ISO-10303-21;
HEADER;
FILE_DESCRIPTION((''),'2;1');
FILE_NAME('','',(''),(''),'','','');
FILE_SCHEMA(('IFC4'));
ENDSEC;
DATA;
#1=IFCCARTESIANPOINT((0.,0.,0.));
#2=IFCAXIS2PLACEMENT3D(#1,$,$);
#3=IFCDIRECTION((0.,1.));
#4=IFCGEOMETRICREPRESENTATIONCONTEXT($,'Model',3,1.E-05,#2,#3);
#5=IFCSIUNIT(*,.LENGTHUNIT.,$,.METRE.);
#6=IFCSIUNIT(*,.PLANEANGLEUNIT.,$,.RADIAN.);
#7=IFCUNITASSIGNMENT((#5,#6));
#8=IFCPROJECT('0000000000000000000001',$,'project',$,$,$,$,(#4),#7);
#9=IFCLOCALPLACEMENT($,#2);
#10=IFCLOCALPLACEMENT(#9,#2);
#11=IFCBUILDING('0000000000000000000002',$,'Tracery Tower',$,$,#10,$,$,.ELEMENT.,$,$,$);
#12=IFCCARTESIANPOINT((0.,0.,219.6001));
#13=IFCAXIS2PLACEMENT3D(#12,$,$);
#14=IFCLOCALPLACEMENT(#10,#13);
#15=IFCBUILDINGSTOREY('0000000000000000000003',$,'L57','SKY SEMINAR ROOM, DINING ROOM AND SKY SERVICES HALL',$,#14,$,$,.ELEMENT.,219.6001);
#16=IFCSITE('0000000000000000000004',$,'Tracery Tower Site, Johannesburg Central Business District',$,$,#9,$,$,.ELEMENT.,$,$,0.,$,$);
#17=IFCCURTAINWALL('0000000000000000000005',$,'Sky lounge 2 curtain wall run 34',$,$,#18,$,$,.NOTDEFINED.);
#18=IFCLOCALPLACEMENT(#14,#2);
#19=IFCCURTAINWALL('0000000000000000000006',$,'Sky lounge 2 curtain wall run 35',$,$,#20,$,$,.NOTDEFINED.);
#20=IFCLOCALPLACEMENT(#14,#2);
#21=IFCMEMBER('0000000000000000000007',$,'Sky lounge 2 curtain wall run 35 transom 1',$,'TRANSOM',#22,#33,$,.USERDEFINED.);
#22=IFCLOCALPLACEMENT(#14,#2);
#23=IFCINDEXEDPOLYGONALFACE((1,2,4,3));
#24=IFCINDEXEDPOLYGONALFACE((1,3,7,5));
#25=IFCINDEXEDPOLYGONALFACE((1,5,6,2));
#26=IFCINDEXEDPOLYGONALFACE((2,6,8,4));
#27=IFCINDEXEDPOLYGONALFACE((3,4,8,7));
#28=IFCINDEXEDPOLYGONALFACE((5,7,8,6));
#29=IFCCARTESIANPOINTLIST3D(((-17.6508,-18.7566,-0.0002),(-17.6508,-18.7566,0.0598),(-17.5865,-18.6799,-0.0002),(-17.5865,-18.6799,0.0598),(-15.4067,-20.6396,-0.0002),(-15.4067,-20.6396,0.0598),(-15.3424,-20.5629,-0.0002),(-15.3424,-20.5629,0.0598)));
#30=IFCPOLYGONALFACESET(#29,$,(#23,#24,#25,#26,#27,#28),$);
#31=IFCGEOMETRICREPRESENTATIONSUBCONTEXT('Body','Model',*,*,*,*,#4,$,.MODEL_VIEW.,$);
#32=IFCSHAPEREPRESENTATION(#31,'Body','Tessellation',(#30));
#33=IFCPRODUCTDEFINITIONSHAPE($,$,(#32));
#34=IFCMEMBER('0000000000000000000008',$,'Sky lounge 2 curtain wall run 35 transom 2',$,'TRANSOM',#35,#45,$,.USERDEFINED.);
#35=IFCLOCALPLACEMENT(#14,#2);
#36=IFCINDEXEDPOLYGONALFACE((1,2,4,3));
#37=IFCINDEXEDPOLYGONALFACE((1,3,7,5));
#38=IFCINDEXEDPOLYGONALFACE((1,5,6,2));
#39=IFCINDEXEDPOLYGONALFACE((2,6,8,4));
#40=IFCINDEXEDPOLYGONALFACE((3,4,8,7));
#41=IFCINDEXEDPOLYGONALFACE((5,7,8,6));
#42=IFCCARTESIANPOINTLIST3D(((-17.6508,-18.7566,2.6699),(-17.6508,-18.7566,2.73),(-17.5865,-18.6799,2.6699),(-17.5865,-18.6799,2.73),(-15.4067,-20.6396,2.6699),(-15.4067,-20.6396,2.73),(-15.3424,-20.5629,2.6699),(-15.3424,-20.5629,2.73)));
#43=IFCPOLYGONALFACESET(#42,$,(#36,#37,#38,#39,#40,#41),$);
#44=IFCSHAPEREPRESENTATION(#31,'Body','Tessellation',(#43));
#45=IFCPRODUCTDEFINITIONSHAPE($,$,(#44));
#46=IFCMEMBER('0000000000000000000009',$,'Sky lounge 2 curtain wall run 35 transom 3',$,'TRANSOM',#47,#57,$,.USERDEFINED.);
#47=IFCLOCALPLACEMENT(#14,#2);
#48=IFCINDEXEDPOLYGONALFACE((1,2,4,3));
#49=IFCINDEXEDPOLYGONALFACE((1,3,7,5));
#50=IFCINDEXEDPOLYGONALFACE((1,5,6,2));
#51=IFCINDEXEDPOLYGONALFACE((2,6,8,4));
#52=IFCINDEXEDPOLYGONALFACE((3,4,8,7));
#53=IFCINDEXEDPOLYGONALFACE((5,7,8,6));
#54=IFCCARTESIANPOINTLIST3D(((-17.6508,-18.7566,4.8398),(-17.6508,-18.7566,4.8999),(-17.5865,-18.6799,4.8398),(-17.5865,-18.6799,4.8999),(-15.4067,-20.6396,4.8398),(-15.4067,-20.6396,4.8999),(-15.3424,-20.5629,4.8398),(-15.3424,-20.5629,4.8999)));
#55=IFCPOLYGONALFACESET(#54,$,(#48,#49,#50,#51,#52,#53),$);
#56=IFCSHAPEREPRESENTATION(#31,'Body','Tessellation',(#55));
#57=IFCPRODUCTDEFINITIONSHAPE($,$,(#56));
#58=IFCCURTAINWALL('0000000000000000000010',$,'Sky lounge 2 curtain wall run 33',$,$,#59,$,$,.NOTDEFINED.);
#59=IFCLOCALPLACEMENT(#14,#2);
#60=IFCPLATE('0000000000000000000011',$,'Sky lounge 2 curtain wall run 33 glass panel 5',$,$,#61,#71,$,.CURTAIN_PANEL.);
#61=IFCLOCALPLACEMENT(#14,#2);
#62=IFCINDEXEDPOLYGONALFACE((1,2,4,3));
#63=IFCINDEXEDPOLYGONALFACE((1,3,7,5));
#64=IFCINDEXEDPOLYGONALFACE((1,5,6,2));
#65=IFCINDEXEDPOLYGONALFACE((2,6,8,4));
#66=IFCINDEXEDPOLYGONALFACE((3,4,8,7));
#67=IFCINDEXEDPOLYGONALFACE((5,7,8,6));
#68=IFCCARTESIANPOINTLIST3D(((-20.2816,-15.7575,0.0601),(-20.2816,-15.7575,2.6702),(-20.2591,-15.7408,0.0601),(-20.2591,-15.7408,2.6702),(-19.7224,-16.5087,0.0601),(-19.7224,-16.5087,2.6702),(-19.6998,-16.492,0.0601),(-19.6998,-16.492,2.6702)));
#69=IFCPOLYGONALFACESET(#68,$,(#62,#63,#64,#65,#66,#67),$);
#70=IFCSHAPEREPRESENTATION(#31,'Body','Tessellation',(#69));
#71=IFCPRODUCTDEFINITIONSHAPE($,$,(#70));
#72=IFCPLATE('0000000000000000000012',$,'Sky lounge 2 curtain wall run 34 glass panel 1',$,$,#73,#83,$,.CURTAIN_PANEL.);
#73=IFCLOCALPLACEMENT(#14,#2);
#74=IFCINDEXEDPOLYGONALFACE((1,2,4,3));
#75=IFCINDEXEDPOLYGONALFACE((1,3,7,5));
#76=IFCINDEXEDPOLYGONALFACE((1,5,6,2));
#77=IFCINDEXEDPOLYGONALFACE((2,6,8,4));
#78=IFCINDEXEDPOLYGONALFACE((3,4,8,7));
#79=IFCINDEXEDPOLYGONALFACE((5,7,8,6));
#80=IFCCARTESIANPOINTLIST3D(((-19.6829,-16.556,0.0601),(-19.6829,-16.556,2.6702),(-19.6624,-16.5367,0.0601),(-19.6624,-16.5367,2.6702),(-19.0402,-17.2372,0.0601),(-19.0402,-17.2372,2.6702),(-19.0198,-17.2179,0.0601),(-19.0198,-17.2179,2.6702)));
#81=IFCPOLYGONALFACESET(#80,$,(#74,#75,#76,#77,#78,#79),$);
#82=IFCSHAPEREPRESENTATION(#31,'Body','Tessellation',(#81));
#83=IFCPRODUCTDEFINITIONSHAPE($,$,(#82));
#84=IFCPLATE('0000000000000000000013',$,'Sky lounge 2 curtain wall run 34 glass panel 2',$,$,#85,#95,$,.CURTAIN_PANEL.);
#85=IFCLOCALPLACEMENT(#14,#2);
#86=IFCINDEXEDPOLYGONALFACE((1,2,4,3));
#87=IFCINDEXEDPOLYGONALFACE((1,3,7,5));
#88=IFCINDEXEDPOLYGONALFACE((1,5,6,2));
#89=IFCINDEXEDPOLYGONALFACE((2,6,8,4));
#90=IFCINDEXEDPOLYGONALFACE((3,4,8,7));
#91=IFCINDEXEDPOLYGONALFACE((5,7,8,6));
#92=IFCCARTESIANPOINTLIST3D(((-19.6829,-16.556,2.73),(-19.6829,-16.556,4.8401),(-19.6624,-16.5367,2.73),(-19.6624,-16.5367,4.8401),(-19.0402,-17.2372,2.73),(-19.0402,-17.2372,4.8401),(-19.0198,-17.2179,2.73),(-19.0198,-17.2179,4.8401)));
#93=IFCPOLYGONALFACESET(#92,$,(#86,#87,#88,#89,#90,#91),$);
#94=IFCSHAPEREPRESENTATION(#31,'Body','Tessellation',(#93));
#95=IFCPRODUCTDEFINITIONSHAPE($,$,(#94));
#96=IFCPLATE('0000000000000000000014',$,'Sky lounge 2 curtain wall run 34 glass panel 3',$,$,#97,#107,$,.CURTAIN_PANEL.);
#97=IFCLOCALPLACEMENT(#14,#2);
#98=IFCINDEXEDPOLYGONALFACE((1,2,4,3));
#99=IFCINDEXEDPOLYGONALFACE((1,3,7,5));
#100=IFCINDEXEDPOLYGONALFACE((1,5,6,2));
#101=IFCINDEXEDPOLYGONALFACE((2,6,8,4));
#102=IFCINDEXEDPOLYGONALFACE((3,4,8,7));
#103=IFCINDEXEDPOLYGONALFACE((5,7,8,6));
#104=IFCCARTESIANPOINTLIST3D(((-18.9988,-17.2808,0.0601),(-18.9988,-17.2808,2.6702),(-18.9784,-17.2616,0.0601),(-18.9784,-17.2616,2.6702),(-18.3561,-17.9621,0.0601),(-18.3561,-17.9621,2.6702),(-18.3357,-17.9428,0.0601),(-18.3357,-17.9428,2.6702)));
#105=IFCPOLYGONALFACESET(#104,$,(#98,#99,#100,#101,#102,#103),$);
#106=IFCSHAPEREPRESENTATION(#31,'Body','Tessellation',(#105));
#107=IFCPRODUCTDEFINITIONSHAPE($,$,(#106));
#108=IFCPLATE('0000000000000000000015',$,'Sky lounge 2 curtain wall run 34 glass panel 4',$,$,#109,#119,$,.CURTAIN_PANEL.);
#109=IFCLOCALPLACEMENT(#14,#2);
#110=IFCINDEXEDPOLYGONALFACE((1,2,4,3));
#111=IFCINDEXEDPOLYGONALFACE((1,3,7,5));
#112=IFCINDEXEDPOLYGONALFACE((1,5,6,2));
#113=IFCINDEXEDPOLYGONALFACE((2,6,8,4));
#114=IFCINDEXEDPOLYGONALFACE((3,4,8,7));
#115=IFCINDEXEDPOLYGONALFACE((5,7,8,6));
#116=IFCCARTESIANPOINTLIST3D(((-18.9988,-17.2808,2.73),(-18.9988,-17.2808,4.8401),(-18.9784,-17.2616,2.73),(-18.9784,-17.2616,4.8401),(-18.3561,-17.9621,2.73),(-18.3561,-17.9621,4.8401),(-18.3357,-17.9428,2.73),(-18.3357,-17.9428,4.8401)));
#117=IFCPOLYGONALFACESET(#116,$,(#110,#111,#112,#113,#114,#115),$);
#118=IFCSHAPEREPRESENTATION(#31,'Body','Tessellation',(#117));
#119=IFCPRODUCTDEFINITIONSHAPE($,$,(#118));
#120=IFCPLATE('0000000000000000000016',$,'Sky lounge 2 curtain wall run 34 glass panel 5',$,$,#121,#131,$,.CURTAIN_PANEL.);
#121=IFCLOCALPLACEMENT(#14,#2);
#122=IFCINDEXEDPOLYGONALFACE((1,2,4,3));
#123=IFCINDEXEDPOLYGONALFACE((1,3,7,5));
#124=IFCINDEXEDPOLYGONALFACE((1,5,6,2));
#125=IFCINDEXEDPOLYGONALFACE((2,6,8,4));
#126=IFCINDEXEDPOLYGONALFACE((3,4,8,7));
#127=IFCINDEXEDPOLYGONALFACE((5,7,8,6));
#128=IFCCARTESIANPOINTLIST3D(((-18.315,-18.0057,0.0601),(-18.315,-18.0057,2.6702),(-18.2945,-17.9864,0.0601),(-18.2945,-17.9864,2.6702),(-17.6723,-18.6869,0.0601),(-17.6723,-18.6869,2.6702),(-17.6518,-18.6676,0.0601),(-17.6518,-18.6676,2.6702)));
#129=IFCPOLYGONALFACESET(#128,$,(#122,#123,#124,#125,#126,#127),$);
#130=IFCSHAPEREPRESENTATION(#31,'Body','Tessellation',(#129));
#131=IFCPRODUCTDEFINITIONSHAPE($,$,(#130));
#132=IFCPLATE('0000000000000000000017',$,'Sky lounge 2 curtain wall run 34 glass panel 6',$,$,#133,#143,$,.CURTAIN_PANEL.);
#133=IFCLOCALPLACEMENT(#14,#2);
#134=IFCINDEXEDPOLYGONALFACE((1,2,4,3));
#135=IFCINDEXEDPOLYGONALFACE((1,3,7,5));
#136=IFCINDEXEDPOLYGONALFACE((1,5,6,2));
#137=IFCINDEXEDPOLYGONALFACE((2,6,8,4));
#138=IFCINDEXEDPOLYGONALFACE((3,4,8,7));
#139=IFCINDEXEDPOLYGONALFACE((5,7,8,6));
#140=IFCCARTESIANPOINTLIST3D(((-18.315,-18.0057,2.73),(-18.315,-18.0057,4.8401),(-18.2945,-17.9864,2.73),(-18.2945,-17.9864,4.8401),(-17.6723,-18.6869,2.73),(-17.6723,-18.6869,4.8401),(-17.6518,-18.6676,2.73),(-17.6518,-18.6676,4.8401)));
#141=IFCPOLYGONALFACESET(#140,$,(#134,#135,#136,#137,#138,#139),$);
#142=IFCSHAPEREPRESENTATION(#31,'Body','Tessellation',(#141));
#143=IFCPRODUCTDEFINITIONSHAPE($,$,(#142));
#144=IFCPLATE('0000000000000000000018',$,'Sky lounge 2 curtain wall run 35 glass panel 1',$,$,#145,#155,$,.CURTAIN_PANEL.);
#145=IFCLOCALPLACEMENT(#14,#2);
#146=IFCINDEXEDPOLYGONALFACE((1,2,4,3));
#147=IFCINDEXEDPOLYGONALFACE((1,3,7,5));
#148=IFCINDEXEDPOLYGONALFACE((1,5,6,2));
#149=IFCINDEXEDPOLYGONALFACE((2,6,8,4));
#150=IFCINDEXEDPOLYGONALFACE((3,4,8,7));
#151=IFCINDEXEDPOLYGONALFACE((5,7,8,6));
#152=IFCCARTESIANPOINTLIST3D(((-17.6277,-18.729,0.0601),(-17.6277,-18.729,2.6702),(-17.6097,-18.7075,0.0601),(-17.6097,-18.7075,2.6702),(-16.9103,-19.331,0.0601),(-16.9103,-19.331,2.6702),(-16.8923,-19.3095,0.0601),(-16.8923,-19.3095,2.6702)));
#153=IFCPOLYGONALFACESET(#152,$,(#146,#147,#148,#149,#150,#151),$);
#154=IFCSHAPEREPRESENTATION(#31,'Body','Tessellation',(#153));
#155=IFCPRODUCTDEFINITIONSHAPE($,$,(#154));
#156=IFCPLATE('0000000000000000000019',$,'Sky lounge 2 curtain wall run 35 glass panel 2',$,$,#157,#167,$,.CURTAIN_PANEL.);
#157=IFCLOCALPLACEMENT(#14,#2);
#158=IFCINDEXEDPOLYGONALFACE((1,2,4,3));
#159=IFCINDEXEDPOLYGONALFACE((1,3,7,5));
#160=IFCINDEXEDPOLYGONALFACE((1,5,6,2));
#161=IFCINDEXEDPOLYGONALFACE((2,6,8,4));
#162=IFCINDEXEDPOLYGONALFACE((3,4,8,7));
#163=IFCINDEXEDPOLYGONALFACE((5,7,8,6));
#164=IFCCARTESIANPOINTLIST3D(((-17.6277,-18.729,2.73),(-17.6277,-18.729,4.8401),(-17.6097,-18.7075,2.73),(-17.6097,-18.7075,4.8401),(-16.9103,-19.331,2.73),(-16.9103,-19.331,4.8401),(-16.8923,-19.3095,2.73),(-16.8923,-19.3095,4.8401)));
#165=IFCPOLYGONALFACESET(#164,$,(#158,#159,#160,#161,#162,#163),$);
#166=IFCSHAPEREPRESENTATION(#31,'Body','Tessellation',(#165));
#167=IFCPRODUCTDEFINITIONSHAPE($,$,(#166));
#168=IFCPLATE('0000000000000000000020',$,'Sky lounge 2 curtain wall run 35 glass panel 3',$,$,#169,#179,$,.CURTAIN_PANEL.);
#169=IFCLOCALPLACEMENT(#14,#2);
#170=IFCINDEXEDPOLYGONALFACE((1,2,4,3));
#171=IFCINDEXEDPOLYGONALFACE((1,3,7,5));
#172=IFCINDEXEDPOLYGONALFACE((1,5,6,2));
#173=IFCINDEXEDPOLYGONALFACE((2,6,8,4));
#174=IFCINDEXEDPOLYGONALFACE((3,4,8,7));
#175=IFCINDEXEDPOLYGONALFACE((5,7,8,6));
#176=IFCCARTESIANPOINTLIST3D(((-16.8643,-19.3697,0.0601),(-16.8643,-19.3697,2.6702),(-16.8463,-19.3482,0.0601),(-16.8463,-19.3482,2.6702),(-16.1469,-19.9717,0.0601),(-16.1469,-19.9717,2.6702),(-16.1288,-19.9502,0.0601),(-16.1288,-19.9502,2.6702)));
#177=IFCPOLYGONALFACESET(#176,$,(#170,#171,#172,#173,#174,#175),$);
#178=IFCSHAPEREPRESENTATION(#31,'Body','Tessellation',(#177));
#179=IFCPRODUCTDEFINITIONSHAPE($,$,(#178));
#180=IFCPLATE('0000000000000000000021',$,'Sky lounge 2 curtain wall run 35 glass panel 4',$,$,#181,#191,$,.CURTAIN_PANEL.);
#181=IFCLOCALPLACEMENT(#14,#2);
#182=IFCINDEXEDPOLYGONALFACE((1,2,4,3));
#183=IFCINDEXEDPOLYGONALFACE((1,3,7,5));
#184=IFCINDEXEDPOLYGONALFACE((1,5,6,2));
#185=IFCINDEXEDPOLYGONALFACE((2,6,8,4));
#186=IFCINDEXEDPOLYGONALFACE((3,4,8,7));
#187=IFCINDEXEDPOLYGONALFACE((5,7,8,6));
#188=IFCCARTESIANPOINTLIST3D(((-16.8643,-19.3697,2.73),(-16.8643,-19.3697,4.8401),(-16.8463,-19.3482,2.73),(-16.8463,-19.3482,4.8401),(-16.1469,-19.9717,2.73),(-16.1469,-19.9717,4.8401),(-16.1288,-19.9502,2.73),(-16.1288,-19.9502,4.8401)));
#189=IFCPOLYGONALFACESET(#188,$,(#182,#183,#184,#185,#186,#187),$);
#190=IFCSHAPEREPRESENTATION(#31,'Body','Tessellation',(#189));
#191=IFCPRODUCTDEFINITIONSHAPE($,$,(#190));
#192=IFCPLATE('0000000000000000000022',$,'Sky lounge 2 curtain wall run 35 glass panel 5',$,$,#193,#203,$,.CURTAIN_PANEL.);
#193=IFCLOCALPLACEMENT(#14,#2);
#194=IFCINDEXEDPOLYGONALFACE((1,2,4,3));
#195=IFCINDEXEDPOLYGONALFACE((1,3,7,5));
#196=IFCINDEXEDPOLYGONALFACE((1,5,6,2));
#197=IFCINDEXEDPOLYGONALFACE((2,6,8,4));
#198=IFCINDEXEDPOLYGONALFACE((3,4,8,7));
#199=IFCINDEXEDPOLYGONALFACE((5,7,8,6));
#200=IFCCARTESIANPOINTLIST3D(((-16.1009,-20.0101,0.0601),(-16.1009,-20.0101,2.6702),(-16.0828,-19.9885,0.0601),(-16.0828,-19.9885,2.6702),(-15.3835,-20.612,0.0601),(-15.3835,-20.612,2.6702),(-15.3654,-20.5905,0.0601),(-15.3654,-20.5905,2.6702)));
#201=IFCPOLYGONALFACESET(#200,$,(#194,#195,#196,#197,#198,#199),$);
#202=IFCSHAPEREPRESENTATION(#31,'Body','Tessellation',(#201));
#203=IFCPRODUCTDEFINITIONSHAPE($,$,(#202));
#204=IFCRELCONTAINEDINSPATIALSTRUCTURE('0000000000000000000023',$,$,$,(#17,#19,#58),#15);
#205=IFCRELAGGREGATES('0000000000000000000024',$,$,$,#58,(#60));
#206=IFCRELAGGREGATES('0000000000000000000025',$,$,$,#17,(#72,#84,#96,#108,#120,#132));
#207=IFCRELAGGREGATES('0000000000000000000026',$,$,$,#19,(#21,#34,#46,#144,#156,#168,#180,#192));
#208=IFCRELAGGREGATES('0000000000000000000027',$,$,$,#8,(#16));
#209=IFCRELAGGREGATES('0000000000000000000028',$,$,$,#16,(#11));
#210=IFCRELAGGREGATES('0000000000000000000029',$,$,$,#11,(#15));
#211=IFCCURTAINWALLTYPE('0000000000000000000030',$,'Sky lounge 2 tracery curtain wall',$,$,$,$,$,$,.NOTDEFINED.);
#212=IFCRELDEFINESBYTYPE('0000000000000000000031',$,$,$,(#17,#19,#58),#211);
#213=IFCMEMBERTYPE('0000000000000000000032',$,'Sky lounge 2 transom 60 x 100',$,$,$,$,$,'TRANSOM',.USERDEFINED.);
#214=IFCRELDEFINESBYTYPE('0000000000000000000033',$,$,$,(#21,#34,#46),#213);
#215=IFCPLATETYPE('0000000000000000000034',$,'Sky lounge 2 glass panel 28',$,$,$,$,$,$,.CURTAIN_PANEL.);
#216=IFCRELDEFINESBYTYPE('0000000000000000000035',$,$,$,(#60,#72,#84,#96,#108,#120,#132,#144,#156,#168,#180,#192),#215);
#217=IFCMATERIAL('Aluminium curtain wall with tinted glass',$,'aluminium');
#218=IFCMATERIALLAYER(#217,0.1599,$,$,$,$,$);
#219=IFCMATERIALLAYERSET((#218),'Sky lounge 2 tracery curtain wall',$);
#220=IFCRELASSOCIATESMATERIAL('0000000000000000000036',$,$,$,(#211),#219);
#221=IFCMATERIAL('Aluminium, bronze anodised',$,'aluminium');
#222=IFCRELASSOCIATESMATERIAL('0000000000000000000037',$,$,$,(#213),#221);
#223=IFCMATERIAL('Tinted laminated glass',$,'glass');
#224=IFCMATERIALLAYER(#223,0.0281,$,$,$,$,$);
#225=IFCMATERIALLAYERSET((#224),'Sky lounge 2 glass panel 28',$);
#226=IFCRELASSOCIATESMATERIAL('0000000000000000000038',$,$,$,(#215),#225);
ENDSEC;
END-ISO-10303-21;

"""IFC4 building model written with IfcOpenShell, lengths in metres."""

from ifc_helpers import new_model, si_unit, direction, frame, origin, origin_2d, place, context, subcontext, project, spatial, rectangle, extrude, material, layer, layer_set, material_profile, profile_set, type_object, element, aggregate, save


model = new_model("IFC4")

# Units and contexts
model_context = context("Model", 3, precision=1e-05, world=origin(), true_north=direction((0.0, 1.0)))
body_context = subcontext(model_context, "Body", "Model", "MODEL_VIEW")
ifc_project = project(units=[si_unit("LENGTHUNIT", "METRE"), si_unit("PLANEANGLEUNIT", "RADIAN")], contexts=[model_context])

# Site, building, storey
site_placement = place(None, origin())
site = spatial("IfcSite", under=ifc_project, at=site_placement, Name="Tracery Tower Site, Johannesburg Central Business District", CompositionType="ELEMENT", RefElevation=0.0)
building_placement = place(site_placement, origin())
building = spatial("IfcBuilding", under=site, at=building_placement, Name="Tracery Tower", CompositionType="ELEMENT")
storey_placement = place(building_placement, frame((0.0, 0.0, 219.6001)))
storey = spatial("IfcBuildingStorey", under=building, at=storey_placement, Name="L57", Description="SKY SEMINAR ROOM, DINING ROOM AND SKY SERVICES HALL", CompositionType="ELEMENT", Elevation=219.6001)

# Curtain walls
ifc_material_1 = material(Name="Aluminium curtain wall with tinted glass", Category="aluminium")
ifc_layer_1 = layer(ifc_material_1, 0.1599)
ifc_layer_set_1 = layer_set([ifc_layer_1], Name="Sky lounge 2 tracery curtain wall")
curtain_wall_type = type_object("IfcCurtainWallType", Name="Sky lounge 2 tracery curtain wall", PredefinedType="NOTDEFINED", material=ifc_layer_set_1)
curtain_wall_1_placement = place(storey_placement, origin())
curtain_wall_1 = element("IfcCurtainWall", 1, at=curtain_wall_1_placement, inside=storey, type_object=curtain_wall_type, Name="Sky lounge 2 curtain wall run 34", PredefinedType="NOTDEFINED")
curtain_wall_2_placement = place(storey_placement, origin())
curtain_wall_2 = element("IfcCurtainWall", 2, at=curtain_wall_2_placement, inside=storey, type_object=curtain_wall_type, Name="Sky lounge 2 curtain wall run 35", PredefinedType="NOTDEFINED")

# Members
ifc_material_2 = material(Name="Aluminium, bronze anodised", Category="aluminium")
ifc_material_profile_1 = material_profile(ifc_material_2, rectangle(XDim=0.1001, YDim=0.0601, at=origin_2d()), Name="AL 60x100")
ifc_profile_set_1 = profile_set([ifc_material_profile_1], Name="Aluminium, bronze anodised")
member_type_1 = type_object("IfcMemberType", Name="Sky lounge 2 transom 60 x 100", ElementType="TRANSOM", PredefinedType="USERDEFINED", material=ifc_profile_set_1)
member_1_placement = place(storey_placement, frame((-17.6187, -18.7183, 0.0298), z_axis=(0.766045, -0.642787, 0.0), x_axis=(0.642787, 0.766045, 0.0)))
member_1 = element("IfcMember", 3, at=member_1_placement, type_object=member_type_1, Name="Sky lounge 2 curtain wall run 35 transom 1", ObjectType="TRANSOM", PredefinedType="USERDEFINED", context=body_context, shape_type="SweptSolid", body=[
    extrude(rectangle(XDim=0.1001, YDim=0.0601, at=origin_2d()), origin(), (0.0, 0.0, 1.0), 2.9294),
])
member_2_placement = place(storey_placement, frame((-17.6187, -18.7183, 2.7), z_axis=(0.766045, -0.642787, 0.0), x_axis=(0.642787, 0.766045, 0.0)))
member_2 = element("IfcMember", 4, at=member_2_placement, type_object=member_type_1, Name="Sky lounge 2 curtain wall run 35 transom 2", ObjectType="TRANSOM", PredefinedType="USERDEFINED", context=body_context, shape_type="SweptSolid", body=[
    extrude(rectangle(XDim=0.1001, YDim=0.0601, at=origin_2d()), origin(), (0.0, 0.0, 1.0), 2.9294),
])
member_3_placement = place(storey_placement, frame((-17.6187, -18.7183, 4.8699), z_axis=(0.766045, -0.642787, 0.0), x_axis=(0.642787, 0.766045, 0.0)))
member_3 = element("IfcMember", 5, at=member_3_placement, type_object=member_type_1, Name="Sky lounge 2 curtain wall run 35 transom 3", ObjectType="TRANSOM", PredefinedType="USERDEFINED", context=body_context, shape_type="SweptSolid", body=[
    extrude(rectangle(XDim=0.1001, YDim=0.0601, at=origin_2d()), origin(), (0.0, 0.0, 1.0), 2.9294),
])

# Curtain wall, plate
curtain_wall_3_placement = place(storey_placement, origin())
curtain_wall_3 = element("IfcCurtainWall", 6, at=curtain_wall_3_placement, inside=storey, type_object=curtain_wall_type, Name="Sky lounge 2 curtain wall run 33", PredefinedType="NOTDEFINED")
ifc_material_3 = material(Name="Tinted laminated glass", Category="glass")
ifc_layer_2 = layer(ifc_material_3, 0.0281)
ifc_layer_set_2 = layer_set([ifc_layer_2], Name="Sky lounge 2 glass panel 28")
plate_type = type_object("IfcPlateType", Name="Sky lounge 2 glass panel 28", PredefinedType="CURTAIN_PANEL", material=ifc_layer_set_2)
plate_1_placement = place(storey_placement, frame((-19.9907, -16.1248, 0.0601), z_axis=(0.0, 0.0, 1.0), x_axis=(0.597159, -0.802123, 0.0)))
plate_1 = element("IfcPlate", 7, at=plate_1_placement, type_object=plate_type, Name="Sky lounge 2 curtain wall run 33 glass panel 5", PredefinedType="CURTAIN_PANEL", context=body_context, shape_type="SweptSolid", body=[
    extrude(rectangle(XDim=0.9365, YDim=0.0281, at=origin_2d()), origin(), (0.0, 0.0, 1.0), 2.6101),
])
aggregate(curtain_wall_3, [plate_1])

# Plates
plate_2_placement = place(storey_placement, frame((-19.3513, -16.887, 0.0601), z_axis=(0.0, 0.0, 1.0), x_axis=(0.686242, -0.727374, 0.0)))
plate_2 = element("IfcPlate", 8, at=plate_2_placement, type_object=plate_type, Name="Sky lounge 2 curtain wall run 34 glass panel 1", PredefinedType="CURTAIN_PANEL", context=body_context, shape_type="SweptSolid", body=[
    extrude(rectangle(XDim=0.9365, YDim=0.0281, at=origin_2d()), origin(), (0.0, 0.0, 1.0), 2.6101),
])
plate_3_placement = place(storey_placement, frame((-19.3513, -16.887, 2.73), z_axis=(0.0, 0.0, 1.0), x_axis=(0.686242, -0.727374, 0.0)))
plate_3 = element("IfcPlate", 9, at=plate_3_placement, type_object=plate_type, Name="Sky lounge 2 curtain wall run 34 glass panel 2", PredefinedType="CURTAIN_PANEL", context=body_context, shape_type="SweptSolid", body=[
    extrude(rectangle(XDim=0.9365, YDim=0.0281, at=origin_2d()), origin(), (0.0, 0.0, 1.0), 2.1101),
])
plate_4_placement = place(storey_placement, frame((-18.6672, -17.6118, 0.0601), z_axis=(0.0, 0.0, 1.0), x_axis=(0.686242, -0.727374, 0.0)))
plate_4 = element("IfcPlate", 10, at=plate_4_placement, type_object=plate_type, Name="Sky lounge 2 curtain wall run 34 glass panel 3", PredefinedType="CURTAIN_PANEL", context=body_context, shape_type="SweptSolid", body=[
    extrude(rectangle(XDim=0.9365, YDim=0.0281, at=origin_2d()), origin(), (0.0, 0.0, 1.0), 2.6101),
])
plate_5_placement = place(storey_placement, frame((-18.6672, -17.6118, 2.73), z_axis=(0.0, 0.0, 1.0), x_axis=(0.686242, -0.727374, 0.0)))
plate_5 = element("IfcPlate", 11, at=plate_5_placement, type_object=plate_type, Name="Sky lounge 2 curtain wall run 34 glass panel 4", PredefinedType="CURTAIN_PANEL", context=body_context, shape_type="SweptSolid", body=[
    extrude(rectangle(XDim=0.9365, YDim=0.0281, at=origin_2d()), origin(), (0.0, 0.0, 1.0), 2.1101),
])
plate_6_placement = place(storey_placement, frame((-17.9834, -18.3367, 0.0601), z_axis=(0.0, 0.0, 1.0), x_axis=(0.686242, -0.727374, 0.0)))
plate_6 = element("IfcPlate", 12, at=plate_6_placement, type_object=plate_type, Name="Sky lounge 2 curtain wall run 34 glass panel 5", PredefinedType="CURTAIN_PANEL", context=body_context, shape_type="SweptSolid", body=[
    extrude(rectangle(XDim=0.9365, YDim=0.0281, at=origin_2d()), origin(), (0.0, 0.0, 1.0), 2.6101),
])
plate_7_placement = place(storey_placement, frame((-17.9834, -18.3367, 2.73), z_axis=(0.0, 0.0, 1.0), x_axis=(0.686242, -0.727374, 0.0)))
plate_7 = element("IfcPlate", 13, at=plate_7_placement, type_object=plate_type, Name="Sky lounge 2 curtain wall run 34 glass panel 6", PredefinedType="CURTAIN_PANEL", context=body_context, shape_type="SweptSolid", body=[
    extrude(rectangle(XDim=0.9365, YDim=0.0281, at=origin_2d()), origin(), (0.0, 0.0, 1.0), 2.1101),
])
aggregate(curtain_wall_1, [plate_2, plate_3, plate_4, plate_5, plate_6, plate_7])
plate_8_placement = place(storey_placement, frame((-17.26, -19.0193, 0.0601), z_axis=(0.0, 0.0, 1.0), x_axis=(0.766044, -0.642788, 0.0)))
plate_8 = element("IfcPlate", 14, at=plate_8_placement, type_object=plate_type, Name="Sky lounge 2 curtain wall run 35 glass panel 1", PredefinedType="CURTAIN_PANEL", context=body_context, shape_type="SweptSolid", body=[
    extrude(rectangle(XDim=0.9365, YDim=0.0281, at=origin_2d()), origin(), (0.0, 0.0, 1.0), 2.6101),
])
plate_9_placement = place(storey_placement, frame((-17.26, -19.0193, 2.73), z_axis=(0.0, 0.0, 1.0), x_axis=(0.766044, -0.642788, 0.0)))
plate_9 = element("IfcPlate", 15, at=plate_9_placement, type_object=plate_type, Name="Sky lounge 2 curtain wall run 35 glass panel 2", PredefinedType="CURTAIN_PANEL", context=body_context, shape_type="SweptSolid", body=[
    extrude(rectangle(XDim=0.9365, YDim=0.0281, at=origin_2d()), origin(), (0.0, 0.0, 1.0), 2.1101),
])
plate_10_placement = place(storey_placement, frame((-16.4966, -19.6599, 0.0601), z_axis=(0.0, 0.0, 1.0), x_axis=(0.766044, -0.642788, 0.0)))
plate_10 = element("IfcPlate", 16, at=plate_10_placement, type_object=plate_type, Name="Sky lounge 2 curtain wall run 35 glass panel 3", PredefinedType="CURTAIN_PANEL", context=body_context, shape_type="SweptSolid", body=[
    extrude(rectangle(XDim=0.9365, YDim=0.0281, at=origin_2d()), origin(), (0.0, 0.0, 1.0), 2.6101),
])
plate_11_placement = place(storey_placement, frame((-16.4966, -19.6599, 2.73), z_axis=(0.0, 0.0, 1.0), x_axis=(0.766044, -0.642788, 0.0)))
plate_11 = element("IfcPlate", 17, at=plate_11_placement, type_object=plate_type, Name="Sky lounge 2 curtain wall run 35 glass panel 4", PredefinedType="CURTAIN_PANEL", context=body_context, shape_type="SweptSolid", body=[
    extrude(rectangle(XDim=0.9365, YDim=0.0281, at=origin_2d()), origin(), (0.0, 0.0, 1.0), 2.1101),
])
plate_12_placement = place(storey_placement, frame((-15.7332, -20.3003, 0.0601), z_axis=(0.0, 0.0, 1.0), x_axis=(0.766044, -0.642788, 0.0)))
plate_12 = element("IfcPlate", 18, at=plate_12_placement, type_object=plate_type, Name="Sky lounge 2 curtain wall run 35 glass panel 5", PredefinedType="CURTAIN_PANEL", context=body_context, shape_type="SweptSolid", body=[
    extrude(rectangle(XDim=0.9365, YDim=0.0281, at=origin_2d()), origin(), (0.0, 0.0, 1.0), 2.6101),
])
aggregate(curtain_wall_2, [member_1, member_2, member_3, plate_8, plate_9, plate_10, plate_11, plate_12])

save(model, "model.ifc")
